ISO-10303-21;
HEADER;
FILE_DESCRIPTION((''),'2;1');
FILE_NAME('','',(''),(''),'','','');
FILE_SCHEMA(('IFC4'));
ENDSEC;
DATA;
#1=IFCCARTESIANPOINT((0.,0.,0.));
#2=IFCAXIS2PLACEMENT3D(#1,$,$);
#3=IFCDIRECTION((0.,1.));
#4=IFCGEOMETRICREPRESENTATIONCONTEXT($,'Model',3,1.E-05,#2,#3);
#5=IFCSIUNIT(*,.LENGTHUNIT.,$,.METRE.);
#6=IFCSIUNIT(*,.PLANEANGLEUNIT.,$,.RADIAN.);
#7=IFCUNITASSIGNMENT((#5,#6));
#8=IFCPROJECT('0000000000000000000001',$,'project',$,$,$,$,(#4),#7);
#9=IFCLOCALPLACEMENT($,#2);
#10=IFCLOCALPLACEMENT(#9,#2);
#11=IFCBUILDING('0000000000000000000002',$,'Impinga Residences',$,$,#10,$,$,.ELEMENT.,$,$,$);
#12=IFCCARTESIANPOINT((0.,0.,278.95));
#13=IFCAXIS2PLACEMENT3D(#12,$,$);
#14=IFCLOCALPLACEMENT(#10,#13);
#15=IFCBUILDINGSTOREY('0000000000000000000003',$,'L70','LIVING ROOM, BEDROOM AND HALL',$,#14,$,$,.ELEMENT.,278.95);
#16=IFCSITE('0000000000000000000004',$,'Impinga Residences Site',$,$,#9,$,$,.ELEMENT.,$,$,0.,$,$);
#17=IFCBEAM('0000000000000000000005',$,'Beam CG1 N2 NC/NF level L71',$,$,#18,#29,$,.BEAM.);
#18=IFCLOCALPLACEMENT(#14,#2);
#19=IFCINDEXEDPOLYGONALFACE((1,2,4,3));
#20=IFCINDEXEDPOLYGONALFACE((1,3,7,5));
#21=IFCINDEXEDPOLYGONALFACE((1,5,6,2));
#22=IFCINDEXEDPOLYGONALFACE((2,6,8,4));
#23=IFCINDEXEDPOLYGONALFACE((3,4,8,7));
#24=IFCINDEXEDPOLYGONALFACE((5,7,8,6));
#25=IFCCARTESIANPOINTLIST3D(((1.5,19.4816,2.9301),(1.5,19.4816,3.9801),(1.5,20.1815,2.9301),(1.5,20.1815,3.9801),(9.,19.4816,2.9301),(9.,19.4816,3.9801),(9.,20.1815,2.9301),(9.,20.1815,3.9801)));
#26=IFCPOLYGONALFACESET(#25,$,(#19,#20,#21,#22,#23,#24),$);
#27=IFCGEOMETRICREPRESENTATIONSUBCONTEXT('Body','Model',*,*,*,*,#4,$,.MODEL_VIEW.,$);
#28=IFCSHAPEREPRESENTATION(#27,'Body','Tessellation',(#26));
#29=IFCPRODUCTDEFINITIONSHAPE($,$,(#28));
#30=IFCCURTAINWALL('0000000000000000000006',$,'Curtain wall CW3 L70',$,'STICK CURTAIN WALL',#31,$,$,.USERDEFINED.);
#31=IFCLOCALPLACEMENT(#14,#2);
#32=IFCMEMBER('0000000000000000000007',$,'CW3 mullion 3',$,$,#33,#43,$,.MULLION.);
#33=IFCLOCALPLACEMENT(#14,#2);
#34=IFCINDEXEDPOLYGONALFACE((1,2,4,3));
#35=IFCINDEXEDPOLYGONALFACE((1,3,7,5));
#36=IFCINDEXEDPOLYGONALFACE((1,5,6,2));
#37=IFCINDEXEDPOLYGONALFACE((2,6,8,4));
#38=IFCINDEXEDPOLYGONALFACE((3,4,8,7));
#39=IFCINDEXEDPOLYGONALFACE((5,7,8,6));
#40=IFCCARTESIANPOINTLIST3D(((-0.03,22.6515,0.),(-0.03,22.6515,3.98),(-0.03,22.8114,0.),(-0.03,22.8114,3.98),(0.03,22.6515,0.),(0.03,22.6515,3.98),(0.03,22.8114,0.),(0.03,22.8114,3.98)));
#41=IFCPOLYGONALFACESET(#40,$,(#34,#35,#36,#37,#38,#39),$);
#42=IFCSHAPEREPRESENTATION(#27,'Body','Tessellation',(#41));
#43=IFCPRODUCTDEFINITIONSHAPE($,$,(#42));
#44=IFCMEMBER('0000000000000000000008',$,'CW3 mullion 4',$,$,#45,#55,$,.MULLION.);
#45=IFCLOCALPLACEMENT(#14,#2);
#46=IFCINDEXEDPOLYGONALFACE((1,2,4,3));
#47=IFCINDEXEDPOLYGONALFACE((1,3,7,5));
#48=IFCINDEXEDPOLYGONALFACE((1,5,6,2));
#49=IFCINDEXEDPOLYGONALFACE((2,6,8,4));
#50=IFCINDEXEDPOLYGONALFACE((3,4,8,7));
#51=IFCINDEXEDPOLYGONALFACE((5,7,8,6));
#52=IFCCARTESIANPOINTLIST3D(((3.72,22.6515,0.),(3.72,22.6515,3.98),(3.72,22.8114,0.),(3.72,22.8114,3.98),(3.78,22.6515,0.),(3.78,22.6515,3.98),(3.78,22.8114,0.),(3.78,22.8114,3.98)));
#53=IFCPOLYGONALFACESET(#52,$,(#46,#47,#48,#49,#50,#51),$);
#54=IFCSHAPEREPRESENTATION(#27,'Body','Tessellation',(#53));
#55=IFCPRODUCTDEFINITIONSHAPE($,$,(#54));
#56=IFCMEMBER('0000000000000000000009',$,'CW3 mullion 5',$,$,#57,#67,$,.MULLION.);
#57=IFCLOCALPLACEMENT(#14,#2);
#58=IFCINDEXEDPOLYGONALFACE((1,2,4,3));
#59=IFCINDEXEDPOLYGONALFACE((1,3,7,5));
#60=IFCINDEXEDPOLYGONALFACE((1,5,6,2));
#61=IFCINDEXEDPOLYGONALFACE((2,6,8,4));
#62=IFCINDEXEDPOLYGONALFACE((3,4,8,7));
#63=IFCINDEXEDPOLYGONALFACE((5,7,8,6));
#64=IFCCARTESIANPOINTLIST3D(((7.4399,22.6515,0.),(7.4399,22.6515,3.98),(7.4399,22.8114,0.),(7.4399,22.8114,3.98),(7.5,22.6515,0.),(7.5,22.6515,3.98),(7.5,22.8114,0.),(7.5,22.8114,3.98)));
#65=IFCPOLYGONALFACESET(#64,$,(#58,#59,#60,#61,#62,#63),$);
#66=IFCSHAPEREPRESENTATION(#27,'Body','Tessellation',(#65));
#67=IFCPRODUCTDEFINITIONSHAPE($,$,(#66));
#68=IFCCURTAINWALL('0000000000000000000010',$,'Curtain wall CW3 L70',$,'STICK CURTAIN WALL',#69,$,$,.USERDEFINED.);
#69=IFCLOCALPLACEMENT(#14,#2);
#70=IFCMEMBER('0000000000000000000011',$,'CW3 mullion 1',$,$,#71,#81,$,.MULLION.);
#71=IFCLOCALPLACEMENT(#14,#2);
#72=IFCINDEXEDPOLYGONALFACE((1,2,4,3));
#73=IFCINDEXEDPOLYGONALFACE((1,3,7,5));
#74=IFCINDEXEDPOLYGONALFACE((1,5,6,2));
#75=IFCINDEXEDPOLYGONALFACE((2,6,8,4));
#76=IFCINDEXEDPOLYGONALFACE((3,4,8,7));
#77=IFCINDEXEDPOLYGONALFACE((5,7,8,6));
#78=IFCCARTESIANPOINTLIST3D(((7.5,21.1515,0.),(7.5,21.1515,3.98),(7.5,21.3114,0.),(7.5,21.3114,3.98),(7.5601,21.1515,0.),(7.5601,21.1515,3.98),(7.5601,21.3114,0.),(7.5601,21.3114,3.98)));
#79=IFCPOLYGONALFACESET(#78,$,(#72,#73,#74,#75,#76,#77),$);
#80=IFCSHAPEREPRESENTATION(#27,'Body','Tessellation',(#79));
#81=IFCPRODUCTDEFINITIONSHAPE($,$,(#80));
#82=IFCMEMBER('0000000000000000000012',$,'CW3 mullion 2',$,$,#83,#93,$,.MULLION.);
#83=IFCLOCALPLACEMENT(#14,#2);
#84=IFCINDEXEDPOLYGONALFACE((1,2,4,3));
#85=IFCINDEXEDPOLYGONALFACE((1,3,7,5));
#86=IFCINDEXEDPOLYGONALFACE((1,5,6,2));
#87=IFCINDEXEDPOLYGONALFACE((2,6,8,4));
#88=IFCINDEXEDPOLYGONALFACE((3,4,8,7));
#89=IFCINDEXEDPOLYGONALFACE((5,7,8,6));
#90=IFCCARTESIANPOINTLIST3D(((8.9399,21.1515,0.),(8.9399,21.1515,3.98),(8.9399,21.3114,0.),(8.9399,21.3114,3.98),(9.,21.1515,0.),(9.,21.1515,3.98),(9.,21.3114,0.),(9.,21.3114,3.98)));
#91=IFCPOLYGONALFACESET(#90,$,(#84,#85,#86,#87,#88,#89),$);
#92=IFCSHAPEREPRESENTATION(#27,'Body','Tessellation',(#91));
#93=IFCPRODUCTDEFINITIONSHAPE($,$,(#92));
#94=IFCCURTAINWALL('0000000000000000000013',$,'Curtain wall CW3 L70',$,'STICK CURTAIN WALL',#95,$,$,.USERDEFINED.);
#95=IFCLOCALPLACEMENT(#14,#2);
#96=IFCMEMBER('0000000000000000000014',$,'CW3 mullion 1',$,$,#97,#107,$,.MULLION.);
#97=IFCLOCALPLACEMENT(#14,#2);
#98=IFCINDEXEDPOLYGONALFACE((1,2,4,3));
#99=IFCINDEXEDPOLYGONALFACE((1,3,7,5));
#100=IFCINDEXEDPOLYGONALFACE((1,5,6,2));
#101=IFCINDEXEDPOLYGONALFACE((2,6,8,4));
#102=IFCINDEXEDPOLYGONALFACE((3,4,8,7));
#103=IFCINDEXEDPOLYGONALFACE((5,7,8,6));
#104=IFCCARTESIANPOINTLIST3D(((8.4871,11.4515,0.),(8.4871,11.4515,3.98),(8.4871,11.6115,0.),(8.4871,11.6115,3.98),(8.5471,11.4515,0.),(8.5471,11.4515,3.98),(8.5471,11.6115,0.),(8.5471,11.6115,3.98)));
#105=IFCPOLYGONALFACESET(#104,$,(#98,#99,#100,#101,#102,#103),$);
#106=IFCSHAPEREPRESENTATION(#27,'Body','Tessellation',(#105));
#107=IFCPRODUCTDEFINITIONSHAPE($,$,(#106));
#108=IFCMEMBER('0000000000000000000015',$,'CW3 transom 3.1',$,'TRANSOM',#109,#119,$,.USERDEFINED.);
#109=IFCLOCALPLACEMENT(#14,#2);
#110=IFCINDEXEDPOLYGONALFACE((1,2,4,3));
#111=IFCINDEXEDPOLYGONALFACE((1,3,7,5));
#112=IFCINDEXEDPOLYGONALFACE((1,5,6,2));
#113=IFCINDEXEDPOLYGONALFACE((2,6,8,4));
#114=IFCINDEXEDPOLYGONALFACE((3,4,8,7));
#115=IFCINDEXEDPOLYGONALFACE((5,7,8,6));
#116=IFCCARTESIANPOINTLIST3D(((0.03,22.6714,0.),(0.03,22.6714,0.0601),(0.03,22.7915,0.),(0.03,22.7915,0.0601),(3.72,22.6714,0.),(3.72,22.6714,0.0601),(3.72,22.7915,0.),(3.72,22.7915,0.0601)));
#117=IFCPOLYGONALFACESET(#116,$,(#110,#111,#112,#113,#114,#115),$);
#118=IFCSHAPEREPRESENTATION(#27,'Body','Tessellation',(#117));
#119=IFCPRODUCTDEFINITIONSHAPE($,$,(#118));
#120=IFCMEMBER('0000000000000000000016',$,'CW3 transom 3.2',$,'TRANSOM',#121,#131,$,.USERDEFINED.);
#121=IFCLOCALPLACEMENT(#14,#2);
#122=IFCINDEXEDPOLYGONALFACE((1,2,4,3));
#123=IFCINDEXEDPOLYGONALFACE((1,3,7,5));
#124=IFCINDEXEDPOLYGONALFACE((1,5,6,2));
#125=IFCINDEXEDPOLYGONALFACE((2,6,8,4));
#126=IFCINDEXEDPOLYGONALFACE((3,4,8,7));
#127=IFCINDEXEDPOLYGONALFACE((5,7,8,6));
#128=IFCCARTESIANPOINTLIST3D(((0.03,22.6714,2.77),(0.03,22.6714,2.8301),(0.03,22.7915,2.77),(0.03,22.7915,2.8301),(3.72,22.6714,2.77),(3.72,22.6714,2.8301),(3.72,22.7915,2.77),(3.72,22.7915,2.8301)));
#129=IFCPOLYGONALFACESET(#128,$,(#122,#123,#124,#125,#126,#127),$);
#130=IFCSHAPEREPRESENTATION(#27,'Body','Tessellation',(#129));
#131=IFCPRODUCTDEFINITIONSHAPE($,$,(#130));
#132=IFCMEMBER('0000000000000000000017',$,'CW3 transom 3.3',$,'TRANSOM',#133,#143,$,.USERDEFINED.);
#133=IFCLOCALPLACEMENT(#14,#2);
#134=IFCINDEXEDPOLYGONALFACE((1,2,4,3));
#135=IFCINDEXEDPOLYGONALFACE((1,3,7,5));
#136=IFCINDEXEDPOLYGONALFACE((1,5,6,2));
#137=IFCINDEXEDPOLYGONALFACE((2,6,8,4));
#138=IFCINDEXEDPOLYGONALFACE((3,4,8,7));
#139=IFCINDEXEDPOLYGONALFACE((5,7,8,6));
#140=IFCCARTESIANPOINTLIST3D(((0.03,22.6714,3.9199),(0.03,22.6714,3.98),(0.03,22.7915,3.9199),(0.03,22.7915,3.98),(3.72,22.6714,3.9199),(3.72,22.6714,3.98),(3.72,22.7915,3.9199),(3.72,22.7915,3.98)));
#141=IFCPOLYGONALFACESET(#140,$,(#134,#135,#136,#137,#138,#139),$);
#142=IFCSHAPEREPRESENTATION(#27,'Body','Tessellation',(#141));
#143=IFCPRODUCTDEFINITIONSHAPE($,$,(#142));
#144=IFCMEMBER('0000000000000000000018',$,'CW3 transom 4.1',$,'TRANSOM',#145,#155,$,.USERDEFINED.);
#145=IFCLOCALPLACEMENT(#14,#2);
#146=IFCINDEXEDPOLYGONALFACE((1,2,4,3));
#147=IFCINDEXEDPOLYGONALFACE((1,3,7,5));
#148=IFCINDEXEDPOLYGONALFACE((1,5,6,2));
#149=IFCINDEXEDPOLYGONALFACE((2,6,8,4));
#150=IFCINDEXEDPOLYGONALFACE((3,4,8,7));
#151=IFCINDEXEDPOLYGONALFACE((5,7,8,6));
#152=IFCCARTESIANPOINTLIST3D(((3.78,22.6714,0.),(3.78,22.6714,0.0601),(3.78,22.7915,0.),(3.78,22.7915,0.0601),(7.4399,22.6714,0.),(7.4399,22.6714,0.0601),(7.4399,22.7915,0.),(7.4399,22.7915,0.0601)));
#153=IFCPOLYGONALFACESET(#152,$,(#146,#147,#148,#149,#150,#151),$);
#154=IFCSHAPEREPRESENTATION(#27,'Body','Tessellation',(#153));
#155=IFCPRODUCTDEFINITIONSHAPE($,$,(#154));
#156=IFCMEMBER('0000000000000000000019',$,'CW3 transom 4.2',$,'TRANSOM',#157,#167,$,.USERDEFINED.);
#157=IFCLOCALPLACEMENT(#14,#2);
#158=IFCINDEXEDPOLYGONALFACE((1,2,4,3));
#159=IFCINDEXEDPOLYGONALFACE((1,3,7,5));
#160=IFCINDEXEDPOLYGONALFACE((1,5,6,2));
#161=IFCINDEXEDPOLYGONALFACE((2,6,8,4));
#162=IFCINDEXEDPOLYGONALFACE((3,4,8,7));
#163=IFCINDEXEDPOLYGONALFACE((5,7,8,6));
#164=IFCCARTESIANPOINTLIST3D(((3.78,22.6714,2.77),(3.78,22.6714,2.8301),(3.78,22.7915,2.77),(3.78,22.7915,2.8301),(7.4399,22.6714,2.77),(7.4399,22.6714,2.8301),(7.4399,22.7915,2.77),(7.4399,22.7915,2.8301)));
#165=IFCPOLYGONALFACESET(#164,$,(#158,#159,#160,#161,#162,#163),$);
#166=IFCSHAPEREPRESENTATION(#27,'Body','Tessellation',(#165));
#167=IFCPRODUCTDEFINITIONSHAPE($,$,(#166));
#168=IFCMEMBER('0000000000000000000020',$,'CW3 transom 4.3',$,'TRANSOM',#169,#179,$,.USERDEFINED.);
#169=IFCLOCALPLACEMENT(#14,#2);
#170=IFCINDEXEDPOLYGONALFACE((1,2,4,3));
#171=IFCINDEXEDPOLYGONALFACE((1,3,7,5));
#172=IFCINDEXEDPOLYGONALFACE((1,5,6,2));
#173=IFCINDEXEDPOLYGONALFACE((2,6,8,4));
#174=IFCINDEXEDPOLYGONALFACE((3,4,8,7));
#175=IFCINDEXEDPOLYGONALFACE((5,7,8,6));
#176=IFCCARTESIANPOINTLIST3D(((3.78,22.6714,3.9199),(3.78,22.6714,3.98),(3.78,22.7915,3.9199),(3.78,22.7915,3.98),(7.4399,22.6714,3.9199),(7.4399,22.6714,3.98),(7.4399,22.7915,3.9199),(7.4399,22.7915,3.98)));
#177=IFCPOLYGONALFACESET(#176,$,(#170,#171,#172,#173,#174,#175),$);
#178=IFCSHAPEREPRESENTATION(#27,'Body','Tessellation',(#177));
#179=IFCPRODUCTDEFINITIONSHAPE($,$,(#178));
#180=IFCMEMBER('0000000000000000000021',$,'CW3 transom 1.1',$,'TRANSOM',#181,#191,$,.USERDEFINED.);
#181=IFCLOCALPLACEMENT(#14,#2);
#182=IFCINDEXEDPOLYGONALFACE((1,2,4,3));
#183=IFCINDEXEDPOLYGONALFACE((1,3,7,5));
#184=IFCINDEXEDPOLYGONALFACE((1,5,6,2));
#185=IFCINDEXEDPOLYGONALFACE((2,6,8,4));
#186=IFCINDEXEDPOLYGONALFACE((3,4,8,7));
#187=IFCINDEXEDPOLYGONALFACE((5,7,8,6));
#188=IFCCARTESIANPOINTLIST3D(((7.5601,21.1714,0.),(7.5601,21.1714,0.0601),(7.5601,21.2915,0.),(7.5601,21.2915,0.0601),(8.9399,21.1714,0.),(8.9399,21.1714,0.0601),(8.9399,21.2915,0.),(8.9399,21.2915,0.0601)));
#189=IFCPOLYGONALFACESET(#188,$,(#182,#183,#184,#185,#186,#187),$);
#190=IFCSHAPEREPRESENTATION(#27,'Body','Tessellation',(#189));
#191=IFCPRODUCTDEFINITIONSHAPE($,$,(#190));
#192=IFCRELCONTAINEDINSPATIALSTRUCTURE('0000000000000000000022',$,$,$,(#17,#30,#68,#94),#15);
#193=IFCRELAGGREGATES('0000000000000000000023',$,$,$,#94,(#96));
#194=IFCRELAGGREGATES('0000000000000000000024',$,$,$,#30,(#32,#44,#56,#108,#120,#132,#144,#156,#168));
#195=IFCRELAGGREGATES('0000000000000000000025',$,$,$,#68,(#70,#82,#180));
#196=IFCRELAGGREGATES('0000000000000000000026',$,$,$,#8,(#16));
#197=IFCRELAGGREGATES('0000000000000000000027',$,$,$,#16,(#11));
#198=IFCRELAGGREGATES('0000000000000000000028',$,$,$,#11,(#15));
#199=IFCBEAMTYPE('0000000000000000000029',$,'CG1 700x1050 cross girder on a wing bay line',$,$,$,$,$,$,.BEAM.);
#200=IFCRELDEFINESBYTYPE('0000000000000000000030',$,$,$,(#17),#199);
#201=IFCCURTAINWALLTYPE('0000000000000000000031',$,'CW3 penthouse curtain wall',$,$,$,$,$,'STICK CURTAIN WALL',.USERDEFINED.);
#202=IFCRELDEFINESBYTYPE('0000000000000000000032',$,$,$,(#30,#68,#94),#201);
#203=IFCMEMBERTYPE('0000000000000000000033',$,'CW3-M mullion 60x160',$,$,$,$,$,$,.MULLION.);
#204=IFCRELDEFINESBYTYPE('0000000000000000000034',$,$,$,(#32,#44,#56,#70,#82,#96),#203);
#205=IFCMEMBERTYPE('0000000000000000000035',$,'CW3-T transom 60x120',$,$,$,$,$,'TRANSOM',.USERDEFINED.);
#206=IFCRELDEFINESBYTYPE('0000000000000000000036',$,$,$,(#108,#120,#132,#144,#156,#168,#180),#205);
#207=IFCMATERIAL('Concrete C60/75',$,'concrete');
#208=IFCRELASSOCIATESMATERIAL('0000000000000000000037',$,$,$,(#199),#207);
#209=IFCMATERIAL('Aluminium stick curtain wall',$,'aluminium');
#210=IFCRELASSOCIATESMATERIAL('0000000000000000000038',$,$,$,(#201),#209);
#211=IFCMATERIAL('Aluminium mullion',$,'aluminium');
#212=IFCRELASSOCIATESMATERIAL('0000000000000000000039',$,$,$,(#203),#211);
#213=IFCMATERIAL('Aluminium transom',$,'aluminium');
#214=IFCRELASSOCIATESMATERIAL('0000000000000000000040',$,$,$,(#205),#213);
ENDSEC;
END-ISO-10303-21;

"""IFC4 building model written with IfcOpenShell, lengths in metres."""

from ifc_helpers import new_model, si_unit, direction, frame, origin, origin_2d, place, context, subcontext, project, spatial, rectangle, extrude, material, material_profile, profile_set, type_object, element, aggregate, save


model = new_model("IFC4")

# Units and contexts
model_context = context("Model", 3, precision=1e-05, world=origin(), true_north=direction((0.0, 1.0)))
body_context = subcontext(model_context, "Body", "Model", "MODEL_VIEW")
ifc_project = project(units=[si_unit("LENGTHUNIT", "METRE"), si_unit("PLANEANGLEUNIT", "RADIAN")], contexts=[model_context])

# Site, building, storey
site_placement = place(None, origin())
site = spatial("IfcSite", under=ifc_project, at=site_placement, Name="Impinga Residences Site", CompositionType="ELEMENT", RefElevation=0.0)
building_placement = place(site_placement, origin())
building = spatial("IfcBuilding", under=site, at=building_placement, Name="Impinga Residences", CompositionType="ELEMENT")
storey_placement = place(building_placement, frame((0.0, 0.0, 278.95)))
storey = spatial("IfcBuildingStorey", under=building, at=storey_placement, Name="L70", Description="LIVING ROOM, BEDROOM AND HALL", CompositionType="ELEMENT", Elevation=278.95)

# Beam
ifc_material_1 = material(Name="Concrete C60/75", Category="concrete")
ifc_material_profile_1 = material_profile(ifc_material_1, rectangle(XDim=0.7, YDim=1.05, at=origin_2d()), Name="RC 700x1050")
ifc_profile_set_1 = profile_set([ifc_material_profile_1], Name="Concrete C60/75")
beam_type_1 = type_object("IfcBeamType", Name="CG1 700x1050 cross girder on a wing bay line", PredefinedType="BEAM", material=ifc_profile_set_1)
beam_1_placement = place(storey_placement, frame((1.5, 19.8315, 3.4551), z_axis=(1.0, 0.0, 0.0), x_axis=(0.0, 1.0, 0.0)))
element("IfcBeam", 1, at=beam_1_placement, inside=storey, type_object=beam_type_1, Name="Beam CG1 N2 NC/NF level L71", PredefinedType="BEAM", context=body_context, shape_type="SweptSolid", body=[
    extrude(rectangle(XDim=0.7, YDim=1.05, at=origin_2d()), origin(), (0.0, 0.0, 1.0), 7.5),
])

# Curtain walls, members
ifc_material_2 = material(Name="Aluminium stick curtain wall", Category="aluminium")
curtain_wall_type = type_object("IfcCurtainWallType", Name="CW3 penthouse curtain wall", ElementType="STICK CURTAIN WALL", PredefinedType="USERDEFINED", material=ifc_material_2)
curtain_wall_1_placement = place(storey_placement, origin())
curtain_wall_1 = element("IfcCurtainWall", 2, at=curtain_wall_1_placement, inside=storey, type_object=curtain_wall_type, Name="Curtain wall CW3 L70", ObjectType="STICK CURTAIN WALL", PredefinedType="USERDEFINED")
ifc_material_3 = material(Name="Aluminium mullion", Category="aluminium")
ifc_material_profile_2 = material_profile(ifc_material_3, rectangle(XDim=0.0601, YDim=0.1599, at=origin_2d()), Name="60x160 mullion")
ifc_profile_set_2 = profile_set([ifc_material_profile_2], Name="Aluminium mullion")
member_type_1 = type_object("IfcMemberType", Name="CW3-M mullion 60x160", PredefinedType="MULLION", material=ifc_profile_set_2)
member_1_placement = place(storey_placement, frame((0.0, 22.7314, 0.0), z_axis=(0.0, 0.0, 1.0), x_axis=(1.0, 0.0, 0.0)))
member_1 = element("IfcMember", 3, at=member_1_placement, type_object=member_type_1, Name="CW3 mullion 3", PredefinedType="MULLION", context=body_context, shape_type="SweptSolid", body=[
    extrude(rectangle(XDim=0.0601, YDim=0.1599, at=origin_2d()), origin(), (0.0, 0.0, 1.0), 3.98),
])
member_2_placement = place(storey_placement, frame((3.75, 22.7314, 0.0), z_axis=(0.0, 0.0, 1.0), x_axis=(1.0, 0.0, 0.0)))
member_2 = element("IfcMember", 4, at=member_2_placement, type_object=member_type_1, Name="CW3 mullion 4", PredefinedType="MULLION", context=body_context, shape_type="SweptSolid", body=[
    extrude(rectangle(XDim=0.0601, YDim=0.1599, at=origin_2d()), origin(), (0.0, 0.0, 1.0), 3.98),
])
member_3_placement = place(storey_placement, frame((7.47, 22.7314, 0.0), z_axis=(0.0, 0.0, 1.0), x_axis=(1.0, 0.0, 0.0)))
member_3 = element("IfcMember", 5, at=member_3_placement, type_object=member_type_1, Name="CW3 mullion 5", PredefinedType="MULLION", context=body_context, shape_type="SweptSolid", body=[
    extrude(rectangle(XDim=0.0601, YDim=0.1599, at=origin_2d()), origin(), (0.0, 0.0, 1.0), 3.98),
])
curtain_wall_2_placement = place(storey_placement, origin())
curtain_wall_2 = element("IfcCurtainWall", 6, at=curtain_wall_2_placement, inside=storey, type_object=curtain_wall_type, Name="Curtain wall CW3 L70", ObjectType="STICK CURTAIN WALL", PredefinedType="USERDEFINED")
member_4_placement = place(storey_placement, frame((7.53, 21.2314, 0.0), z_axis=(0.0, 0.0, 1.0), x_axis=(1.0, 0.0, 0.0)))
member_4 = element("IfcMember", 7, at=member_4_placement, type_object=member_type_1, Name="CW3 mullion 1", PredefinedType="MULLION", context=body_context, shape_type="SweptSolid", body=[
    extrude(rectangle(XDim=0.0601, YDim=0.1599, at=origin_2d()), origin(), (0.0, 0.0, 1.0), 3.98),
])
member_5_placement = place(storey_placement, frame((8.97, 21.2314, 0.0), z_axis=(0.0, 0.0, 1.0), x_axis=(1.0, 0.0, 0.0)))
member_5 = element("IfcMember", 8, at=member_5_placement, type_object=member_type_1, Name="CW3 mullion 2", PredefinedType="MULLION", context=body_context, shape_type="SweptSolid", body=[
    extrude(rectangle(XDim=0.0601, YDim=0.1599, at=origin_2d()), origin(), (0.0, 0.0, 1.0), 3.98),
])

# Curtain wall, member
curtain_wall_3_placement = place(storey_placement, origin())
curtain_wall_3 = element("IfcCurtainWall", 9, at=curtain_wall_3_placement, inside=storey, type_object=curtain_wall_type, Name="Curtain wall CW3 L70", ObjectType="STICK CURTAIN WALL", PredefinedType="USERDEFINED")
member_6_placement = place(storey_placement, frame((8.5171, 11.5315, 0.0), z_axis=(0.0, 0.0, 1.0), x_axis=(-1.0, 0.0, 0.0)))
member_6 = element("IfcMember", 10, at=member_6_placement, type_object=member_type_1, Name="CW3 mullion 1", PredefinedType="MULLION", context=body_context, shape_type="SweptSolid", body=[
    extrude(rectangle(XDim=0.0601, YDim=0.1599, at=origin_2d()), origin(), (0.0, 0.0, 1.0), 3.98),
])

# Members
ifc_material_4 = material(Name="Aluminium transom", Category="aluminium")
ifc_material_profile_3 = material_profile(ifc_material_4, rectangle(XDim=0.0601, YDim=0.1201, at=origin_2d()), Name="60x120 transom")
ifc_profile_set_3 = profile_set([ifc_material_profile_3], Name="Aluminium transom")
member_type_2 = type_object("IfcMemberType", Name="CW3-T transom 60x120", ElementType="TRANSOM", PredefinedType="USERDEFINED", material=ifc_profile_set_3)
member_7_placement = place(storey_placement, frame((0.03, 22.7314, 0.03), z_axis=(1.0, 0.0, 0.0), x_axis=(0.0, 0.0, 1.0)))
member_7 = element("IfcMember", 11, at=member_7_placement, type_object=member_type_2, Name="CW3 transom 3.1", ObjectType="TRANSOM", PredefinedType="USERDEFINED", context=body_context, shape_type="SweptSolid", body=[
    extrude(rectangle(XDim=0.0601, YDim=0.1201, at=origin_2d()), origin(), (0.0, 0.0, 1.0), 3.6899),
])
member_8_placement = place(storey_placement, frame((0.03, 22.7314, 2.8), z_axis=(1.0, 0.0, 0.0), x_axis=(0.0, 0.0, 1.0)))
member_8 = element("IfcMember", 12, at=member_8_placement, type_object=member_type_2, Name="CW3 transom 3.2", ObjectType="TRANSOM", PredefinedType="USERDEFINED", context=body_context, shape_type="SweptSolid", body=[
    extrude(rectangle(XDim=0.0601, YDim=0.1201, at=origin_2d()), origin(), (0.0, 0.0, 1.0), 3.6899),
])
member_9_placement = place(storey_placement, frame((0.03, 22.7314, 3.95), z_axis=(1.0, 0.0, 0.0), x_axis=(0.0, 0.0, 1.0)))
member_9 = element("IfcMember", 13, at=member_9_placement, type_object=member_type_2, Name="CW3 transom 3.3", ObjectType="TRANSOM", PredefinedType="USERDEFINED", context=body_context, shape_type="SweptSolid", body=[
    extrude(rectangle(XDim=0.0601, YDim=0.1201, at=origin_2d()), origin(), (0.0, 0.0, 1.0), 3.6899),
])
member_10_placement = place(storey_placement, frame((3.78, 22.7314, 0.03), z_axis=(1.0, 0.0, 0.0), x_axis=(0.0, 0.0, 1.0)))
member_10 = element("IfcMember", 14, at=member_10_placement, type_object=member_type_2, Name="CW3 transom 4.1", ObjectType="TRANSOM", PredefinedType="USERDEFINED", context=body_context, shape_type="SweptSolid", body=[
    extrude(rectangle(XDim=0.0601, YDim=0.1201, at=origin_2d()), origin(), (0.0, 0.0, 1.0), 3.6599),
])
member_11_placement = place(storey_placement, frame((3.78, 22.7314, 2.8), z_axis=(1.0, 0.0, 0.0), x_axis=(0.0, 0.0, 1.0)))
member_11 = element("IfcMember", 15, at=member_11_placement, type_object=member_type_2, Name="CW3 transom 4.2", ObjectType="TRANSOM", PredefinedType="USERDEFINED", context=body_context, shape_type="SweptSolid", body=[
    extrude(rectangle(XDim=0.0601, YDim=0.1201, at=origin_2d()), origin(), (0.0, 0.0, 1.0), 3.6599),
])
member_12_placement = place(storey_placement, frame((3.78, 22.7314, 3.95), z_axis=(1.0, 0.0, 0.0), x_axis=(0.0, 0.0, 1.0)))
member_12 = element("IfcMember", 16, at=member_12_placement, type_object=member_type_2, Name="CW3 transom 4.3", ObjectType="TRANSOM", PredefinedType="USERDEFINED", context=body_context, shape_type="SweptSolid", body=[
    extrude(rectangle(XDim=0.0601, YDim=0.1201, at=origin_2d()), origin(), (0.0, 0.0, 1.0), 3.6599),
])
member_13_placement = place(storey_placement, frame((7.5601, 21.2314, 0.03), z_axis=(1.0, 0.0, 0.0), x_axis=(0.0, 0.0, 1.0)))
member_13 = element("IfcMember", 17, at=member_13_placement, type_object=member_type_2, Name="CW3 transom 1.1", ObjectType="TRANSOM", PredefinedType="USERDEFINED", context=body_context, shape_type="SweptSolid", body=[
    extrude(rectangle(XDim=0.0601, YDim=0.1201, at=origin_2d()), origin(), (0.0, 0.0, 1.0), 1.3799),
])
aggregate(curtain_wall_3, [member_6])

aggregate(curtain_wall_1, [member_1, member_2, member_3, member_7, member_8, member_9, member_10, member_11, member_12])
aggregate(curtain_wall_2, [member_4, member_5, member_13])

save(model, "model.ifc")
